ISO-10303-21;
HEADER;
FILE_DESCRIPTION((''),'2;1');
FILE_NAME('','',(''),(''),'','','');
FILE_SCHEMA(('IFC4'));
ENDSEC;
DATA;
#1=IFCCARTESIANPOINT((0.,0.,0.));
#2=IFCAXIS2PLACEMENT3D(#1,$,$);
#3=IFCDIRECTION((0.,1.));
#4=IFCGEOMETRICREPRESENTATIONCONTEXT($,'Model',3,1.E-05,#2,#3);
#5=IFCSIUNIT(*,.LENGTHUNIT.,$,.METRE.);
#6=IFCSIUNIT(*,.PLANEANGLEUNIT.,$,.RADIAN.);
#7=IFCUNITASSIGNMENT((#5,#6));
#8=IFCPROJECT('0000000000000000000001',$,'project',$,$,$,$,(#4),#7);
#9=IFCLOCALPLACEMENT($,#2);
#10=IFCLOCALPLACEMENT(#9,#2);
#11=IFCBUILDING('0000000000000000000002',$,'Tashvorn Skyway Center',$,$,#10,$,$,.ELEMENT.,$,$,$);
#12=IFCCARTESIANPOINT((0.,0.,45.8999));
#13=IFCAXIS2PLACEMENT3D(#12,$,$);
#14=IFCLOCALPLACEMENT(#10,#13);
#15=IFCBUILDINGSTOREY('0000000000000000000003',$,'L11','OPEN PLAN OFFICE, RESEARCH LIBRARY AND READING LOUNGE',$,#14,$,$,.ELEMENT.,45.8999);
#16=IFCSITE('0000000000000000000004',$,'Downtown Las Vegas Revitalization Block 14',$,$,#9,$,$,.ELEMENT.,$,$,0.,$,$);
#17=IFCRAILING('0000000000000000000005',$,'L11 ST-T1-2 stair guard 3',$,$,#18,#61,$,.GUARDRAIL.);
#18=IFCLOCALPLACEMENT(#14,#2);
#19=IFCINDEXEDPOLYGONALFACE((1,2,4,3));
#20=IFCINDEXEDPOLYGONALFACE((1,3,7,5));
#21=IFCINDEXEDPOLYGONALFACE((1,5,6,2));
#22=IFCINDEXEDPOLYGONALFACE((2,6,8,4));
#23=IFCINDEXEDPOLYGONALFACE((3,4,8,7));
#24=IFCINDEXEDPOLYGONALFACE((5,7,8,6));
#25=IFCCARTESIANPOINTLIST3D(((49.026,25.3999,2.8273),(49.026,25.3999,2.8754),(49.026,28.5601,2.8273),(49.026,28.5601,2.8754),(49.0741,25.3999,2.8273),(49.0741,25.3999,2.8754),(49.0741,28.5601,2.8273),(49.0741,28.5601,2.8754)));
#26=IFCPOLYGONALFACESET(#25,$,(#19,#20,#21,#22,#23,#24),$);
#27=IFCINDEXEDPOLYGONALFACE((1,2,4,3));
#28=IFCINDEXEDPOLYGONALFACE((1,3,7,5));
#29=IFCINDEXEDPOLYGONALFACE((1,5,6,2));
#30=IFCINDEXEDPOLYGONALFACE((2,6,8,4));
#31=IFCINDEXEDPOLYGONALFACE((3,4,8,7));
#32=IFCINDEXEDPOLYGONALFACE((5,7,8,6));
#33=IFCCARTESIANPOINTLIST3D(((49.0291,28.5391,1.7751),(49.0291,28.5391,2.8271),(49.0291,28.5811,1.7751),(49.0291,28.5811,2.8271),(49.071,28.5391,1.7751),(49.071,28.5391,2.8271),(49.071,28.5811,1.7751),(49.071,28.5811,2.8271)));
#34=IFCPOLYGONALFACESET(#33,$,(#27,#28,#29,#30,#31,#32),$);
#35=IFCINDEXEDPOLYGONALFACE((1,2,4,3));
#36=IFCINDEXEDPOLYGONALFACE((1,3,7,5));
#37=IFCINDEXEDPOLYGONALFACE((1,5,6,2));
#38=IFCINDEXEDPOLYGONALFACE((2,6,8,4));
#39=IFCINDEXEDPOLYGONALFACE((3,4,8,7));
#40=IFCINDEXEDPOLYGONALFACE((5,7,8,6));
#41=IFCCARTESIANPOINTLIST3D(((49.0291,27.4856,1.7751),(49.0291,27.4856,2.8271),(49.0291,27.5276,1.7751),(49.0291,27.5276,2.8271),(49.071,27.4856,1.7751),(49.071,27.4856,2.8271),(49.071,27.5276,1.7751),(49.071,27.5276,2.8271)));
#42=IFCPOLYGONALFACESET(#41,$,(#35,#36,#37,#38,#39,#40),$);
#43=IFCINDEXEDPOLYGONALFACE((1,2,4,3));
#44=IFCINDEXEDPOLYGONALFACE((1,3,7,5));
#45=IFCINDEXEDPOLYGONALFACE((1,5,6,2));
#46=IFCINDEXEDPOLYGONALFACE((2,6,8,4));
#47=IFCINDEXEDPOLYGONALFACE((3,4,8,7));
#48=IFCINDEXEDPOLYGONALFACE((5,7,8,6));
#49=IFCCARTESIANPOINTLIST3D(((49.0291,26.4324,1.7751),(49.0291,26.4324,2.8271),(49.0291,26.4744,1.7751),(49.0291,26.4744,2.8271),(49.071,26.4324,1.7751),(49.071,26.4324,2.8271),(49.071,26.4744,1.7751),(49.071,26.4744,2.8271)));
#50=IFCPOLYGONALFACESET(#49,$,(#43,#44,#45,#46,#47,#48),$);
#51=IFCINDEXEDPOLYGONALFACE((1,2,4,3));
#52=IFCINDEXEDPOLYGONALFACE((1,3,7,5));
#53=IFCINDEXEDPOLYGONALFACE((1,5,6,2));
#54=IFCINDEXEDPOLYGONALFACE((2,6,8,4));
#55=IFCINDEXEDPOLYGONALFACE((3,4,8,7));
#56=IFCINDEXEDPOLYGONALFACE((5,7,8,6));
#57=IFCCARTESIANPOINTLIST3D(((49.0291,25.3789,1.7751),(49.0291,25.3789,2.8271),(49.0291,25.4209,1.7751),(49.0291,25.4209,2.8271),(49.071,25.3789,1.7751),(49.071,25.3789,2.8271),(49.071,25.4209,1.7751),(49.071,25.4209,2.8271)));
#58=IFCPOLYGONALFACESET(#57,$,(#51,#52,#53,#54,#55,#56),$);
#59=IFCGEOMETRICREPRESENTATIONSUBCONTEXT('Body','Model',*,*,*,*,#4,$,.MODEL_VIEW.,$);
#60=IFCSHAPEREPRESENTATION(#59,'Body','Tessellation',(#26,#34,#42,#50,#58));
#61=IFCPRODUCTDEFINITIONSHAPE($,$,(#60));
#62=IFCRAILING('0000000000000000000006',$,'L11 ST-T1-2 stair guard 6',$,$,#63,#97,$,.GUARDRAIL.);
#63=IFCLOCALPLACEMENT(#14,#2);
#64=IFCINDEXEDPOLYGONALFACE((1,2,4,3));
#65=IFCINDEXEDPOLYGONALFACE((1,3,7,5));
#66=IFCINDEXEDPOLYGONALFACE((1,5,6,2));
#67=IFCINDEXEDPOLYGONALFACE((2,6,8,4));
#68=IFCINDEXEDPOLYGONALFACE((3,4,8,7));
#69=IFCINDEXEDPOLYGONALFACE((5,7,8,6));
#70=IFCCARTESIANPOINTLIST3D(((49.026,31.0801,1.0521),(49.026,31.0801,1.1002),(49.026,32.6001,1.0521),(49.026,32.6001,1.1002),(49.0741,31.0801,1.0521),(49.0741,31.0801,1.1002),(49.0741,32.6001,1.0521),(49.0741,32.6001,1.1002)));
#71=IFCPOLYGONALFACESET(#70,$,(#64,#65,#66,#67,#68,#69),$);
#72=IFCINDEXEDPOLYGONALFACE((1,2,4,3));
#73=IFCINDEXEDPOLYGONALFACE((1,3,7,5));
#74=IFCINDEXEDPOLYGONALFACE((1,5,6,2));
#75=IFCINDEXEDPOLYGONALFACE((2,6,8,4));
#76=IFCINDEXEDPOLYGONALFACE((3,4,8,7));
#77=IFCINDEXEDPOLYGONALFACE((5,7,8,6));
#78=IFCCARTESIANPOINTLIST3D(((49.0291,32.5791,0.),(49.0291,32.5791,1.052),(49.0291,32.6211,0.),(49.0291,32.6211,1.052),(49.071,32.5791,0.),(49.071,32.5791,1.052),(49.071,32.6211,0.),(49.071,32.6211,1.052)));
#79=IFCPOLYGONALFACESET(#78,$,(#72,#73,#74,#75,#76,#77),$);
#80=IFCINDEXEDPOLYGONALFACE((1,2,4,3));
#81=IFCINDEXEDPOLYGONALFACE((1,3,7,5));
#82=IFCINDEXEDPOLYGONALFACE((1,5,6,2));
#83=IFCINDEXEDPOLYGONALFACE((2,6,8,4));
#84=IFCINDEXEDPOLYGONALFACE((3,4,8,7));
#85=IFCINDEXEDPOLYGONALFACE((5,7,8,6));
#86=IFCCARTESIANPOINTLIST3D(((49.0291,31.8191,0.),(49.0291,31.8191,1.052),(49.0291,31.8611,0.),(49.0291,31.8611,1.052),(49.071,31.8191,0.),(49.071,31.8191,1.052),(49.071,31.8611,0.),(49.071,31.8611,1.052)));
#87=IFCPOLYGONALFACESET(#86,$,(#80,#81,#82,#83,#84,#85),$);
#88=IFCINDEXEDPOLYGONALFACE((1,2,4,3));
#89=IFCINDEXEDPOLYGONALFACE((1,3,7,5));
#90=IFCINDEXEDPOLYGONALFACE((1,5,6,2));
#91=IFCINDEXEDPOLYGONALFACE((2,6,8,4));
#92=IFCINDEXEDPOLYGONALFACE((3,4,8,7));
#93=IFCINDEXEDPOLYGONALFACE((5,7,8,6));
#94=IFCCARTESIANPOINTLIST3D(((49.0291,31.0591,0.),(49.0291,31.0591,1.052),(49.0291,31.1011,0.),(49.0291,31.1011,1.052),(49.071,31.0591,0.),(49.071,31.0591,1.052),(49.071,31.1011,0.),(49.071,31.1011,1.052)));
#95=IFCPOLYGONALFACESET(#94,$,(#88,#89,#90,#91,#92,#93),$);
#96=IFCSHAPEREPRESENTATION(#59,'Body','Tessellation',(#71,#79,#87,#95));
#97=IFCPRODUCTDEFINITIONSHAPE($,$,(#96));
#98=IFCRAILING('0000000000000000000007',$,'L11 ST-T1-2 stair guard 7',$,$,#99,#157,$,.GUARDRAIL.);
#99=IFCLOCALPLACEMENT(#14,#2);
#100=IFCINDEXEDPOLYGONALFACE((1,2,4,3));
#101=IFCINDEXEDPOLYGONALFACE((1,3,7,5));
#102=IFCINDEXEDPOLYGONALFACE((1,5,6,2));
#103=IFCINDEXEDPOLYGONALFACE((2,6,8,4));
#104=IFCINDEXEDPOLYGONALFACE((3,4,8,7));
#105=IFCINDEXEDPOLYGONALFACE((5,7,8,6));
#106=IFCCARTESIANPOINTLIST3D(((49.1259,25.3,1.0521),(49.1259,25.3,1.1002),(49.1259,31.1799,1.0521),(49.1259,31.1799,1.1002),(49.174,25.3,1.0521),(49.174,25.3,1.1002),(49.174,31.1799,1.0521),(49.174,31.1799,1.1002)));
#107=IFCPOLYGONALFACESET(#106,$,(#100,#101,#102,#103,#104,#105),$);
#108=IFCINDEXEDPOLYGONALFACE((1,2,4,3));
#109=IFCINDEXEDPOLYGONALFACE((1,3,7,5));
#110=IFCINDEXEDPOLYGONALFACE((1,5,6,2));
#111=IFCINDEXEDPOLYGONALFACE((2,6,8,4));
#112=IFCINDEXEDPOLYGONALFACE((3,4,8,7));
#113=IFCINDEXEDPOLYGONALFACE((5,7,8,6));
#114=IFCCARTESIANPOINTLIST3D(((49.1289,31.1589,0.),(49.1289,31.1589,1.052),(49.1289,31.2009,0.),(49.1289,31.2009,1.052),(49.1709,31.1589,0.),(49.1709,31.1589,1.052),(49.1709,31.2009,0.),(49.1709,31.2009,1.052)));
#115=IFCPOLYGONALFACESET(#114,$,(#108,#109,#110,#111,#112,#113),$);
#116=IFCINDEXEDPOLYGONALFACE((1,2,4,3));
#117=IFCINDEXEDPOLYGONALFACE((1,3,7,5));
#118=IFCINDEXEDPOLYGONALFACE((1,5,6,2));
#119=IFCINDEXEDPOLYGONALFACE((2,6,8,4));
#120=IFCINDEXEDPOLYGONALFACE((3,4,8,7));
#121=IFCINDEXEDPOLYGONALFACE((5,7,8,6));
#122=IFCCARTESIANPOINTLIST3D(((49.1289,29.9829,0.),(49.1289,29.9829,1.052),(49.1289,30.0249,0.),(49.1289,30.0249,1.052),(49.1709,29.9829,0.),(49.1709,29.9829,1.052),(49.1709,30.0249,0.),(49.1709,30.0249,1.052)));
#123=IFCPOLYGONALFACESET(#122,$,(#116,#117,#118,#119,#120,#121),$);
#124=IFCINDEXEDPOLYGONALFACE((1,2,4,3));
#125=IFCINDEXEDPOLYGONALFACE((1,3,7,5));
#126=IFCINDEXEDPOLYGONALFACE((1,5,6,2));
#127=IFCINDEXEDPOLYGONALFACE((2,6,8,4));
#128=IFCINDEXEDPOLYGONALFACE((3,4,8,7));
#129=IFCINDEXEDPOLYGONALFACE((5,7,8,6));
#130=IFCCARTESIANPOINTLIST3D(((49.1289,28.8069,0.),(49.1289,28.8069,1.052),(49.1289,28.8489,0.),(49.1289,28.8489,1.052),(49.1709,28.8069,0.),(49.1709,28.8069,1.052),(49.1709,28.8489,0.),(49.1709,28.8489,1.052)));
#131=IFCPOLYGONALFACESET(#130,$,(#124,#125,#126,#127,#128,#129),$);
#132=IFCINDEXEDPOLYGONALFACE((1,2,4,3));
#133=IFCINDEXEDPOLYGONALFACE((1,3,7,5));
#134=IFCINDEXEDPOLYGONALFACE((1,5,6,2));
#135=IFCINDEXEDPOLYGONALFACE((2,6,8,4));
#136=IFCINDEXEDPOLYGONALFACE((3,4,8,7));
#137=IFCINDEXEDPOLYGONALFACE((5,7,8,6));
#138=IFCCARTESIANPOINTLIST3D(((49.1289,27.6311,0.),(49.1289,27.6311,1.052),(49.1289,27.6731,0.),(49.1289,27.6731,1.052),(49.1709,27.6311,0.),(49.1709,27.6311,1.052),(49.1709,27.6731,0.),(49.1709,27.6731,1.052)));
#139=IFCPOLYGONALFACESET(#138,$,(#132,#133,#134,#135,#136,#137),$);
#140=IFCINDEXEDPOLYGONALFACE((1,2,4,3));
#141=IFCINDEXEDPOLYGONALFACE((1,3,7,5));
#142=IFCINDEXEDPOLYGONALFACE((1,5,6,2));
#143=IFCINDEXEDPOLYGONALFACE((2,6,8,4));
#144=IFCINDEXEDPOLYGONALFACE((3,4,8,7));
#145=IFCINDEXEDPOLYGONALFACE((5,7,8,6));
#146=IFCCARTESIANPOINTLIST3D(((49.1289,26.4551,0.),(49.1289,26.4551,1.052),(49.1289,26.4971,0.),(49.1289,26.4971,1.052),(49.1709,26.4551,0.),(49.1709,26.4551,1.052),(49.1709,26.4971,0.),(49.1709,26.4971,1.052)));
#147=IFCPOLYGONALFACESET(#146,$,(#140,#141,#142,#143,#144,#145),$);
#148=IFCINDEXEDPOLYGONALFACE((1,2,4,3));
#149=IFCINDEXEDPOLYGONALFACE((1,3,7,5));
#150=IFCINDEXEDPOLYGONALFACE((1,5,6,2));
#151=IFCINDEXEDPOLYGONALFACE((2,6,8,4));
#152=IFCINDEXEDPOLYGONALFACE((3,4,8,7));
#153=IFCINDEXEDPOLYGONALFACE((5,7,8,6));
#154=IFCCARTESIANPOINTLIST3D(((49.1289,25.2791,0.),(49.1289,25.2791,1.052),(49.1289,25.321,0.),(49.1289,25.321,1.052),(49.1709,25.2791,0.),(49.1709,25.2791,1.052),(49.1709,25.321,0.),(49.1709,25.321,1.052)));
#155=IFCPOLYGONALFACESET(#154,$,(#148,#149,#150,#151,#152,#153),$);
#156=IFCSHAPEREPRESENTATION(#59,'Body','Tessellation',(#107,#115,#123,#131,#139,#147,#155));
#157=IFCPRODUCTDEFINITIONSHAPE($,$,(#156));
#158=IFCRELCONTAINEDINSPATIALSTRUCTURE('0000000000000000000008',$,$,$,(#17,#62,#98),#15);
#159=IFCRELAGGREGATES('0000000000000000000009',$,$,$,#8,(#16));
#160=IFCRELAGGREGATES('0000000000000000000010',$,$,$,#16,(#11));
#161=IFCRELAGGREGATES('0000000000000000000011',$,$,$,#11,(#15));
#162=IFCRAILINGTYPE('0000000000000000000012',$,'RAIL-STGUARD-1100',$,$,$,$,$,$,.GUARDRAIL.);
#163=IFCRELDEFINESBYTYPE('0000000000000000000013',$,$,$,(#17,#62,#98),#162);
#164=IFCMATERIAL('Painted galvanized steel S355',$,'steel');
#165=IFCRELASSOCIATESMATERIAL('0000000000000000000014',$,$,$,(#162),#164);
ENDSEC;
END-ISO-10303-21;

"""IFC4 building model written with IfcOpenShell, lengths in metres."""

from ifc_helpers import new_model, si_unit, direction, frame, origin, origin_2d, place, context, subcontext, project, spatial, rectangle, extrude, material, type_object, element, save


model = new_model("IFC4")

# Units and contexts
model_context = context("Model", 3, precision=1e-05, world=origin(), true_north=direction((0.0, 1.0)))
body_context = subcontext(model_context, "Body", "Model", "MODEL_VIEW")
ifc_project = project(units=[si_unit("LENGTHUNIT", "METRE"), si_unit("PLANEANGLEUNIT", "RADIAN")], contexts=[model_context])

# Site, building, storey
site_placement = place(None, origin())
site = spatial("IfcSite", under=ifc_project, at=site_placement, Name="Downtown Las Vegas Revitalization Block 14", CompositionType="ELEMENT", RefElevation=0.0)
building_placement = place(site_placement, origin())
building = spatial("IfcBuilding", under=site, at=building_placement, Name="Tashvorn Skyway Center", CompositionType="ELEMENT")
storey_placement = place(building_placement, frame((0.0, 0.0, 45.8999)))
storey = spatial("IfcBuildingStorey", under=building, at=storey_placement, Name="L11", Description="OPEN PLAN OFFICE, RESEARCH LIBRARY AND READING LOUNGE", CompositionType="ELEMENT", Elevation=45.8999)

# Railings
ifc_material_1 = material(Name="Painted galvanized steel S355", Category="steel")
railing_type_1 = type_object("IfcRailingType", Name="RAIL-STGUARD-1100", PredefinedType="GUARDRAIL", material=ifc_material_1)
railing_1_placement = place(storey_placement, frame((49.05, 28.5601, 1.7751)))
element("IfcRailing", 1, at=railing_1_placement, inside=storey, type_object=railing_type_1, Name="L11 ST-T1-2 stair guard 3", PredefinedType="GUARDRAIL", context=body_context, shape_type="SweptSolid", body=[
    extrude(rectangle(XDim=0.0481, YDim=0.0481, at=origin_2d()), frame((0.0, 0.0, 1.0762), z_axis=(0.0, -1.0, 0.0), x_axis=(1.0, 0.0, 0.0)), (0.0, 0.0, 1.0), 3.1602),
    extrude(rectangle(XDim=0.042, YDim=0.042, at=origin_2d()), origin(), (0.0, 0.0, 1.0), 1.052),
    extrude(rectangle(XDim=0.042, YDim=0.042, at=origin_2d()), frame((0.0, -1.0535, 0.0)), (0.0, 0.0, 1.0), 1.052),
    extrude(rectangle(XDim=0.042, YDim=0.042, at=origin_2d()), frame((0.0, -2.1067, 0.0)), (0.0, 0.0, 1.0), 1.052),
    extrude(rectangle(XDim=0.042, YDim=0.042, at=origin_2d()), frame((0.0, -3.1602, 0.0)), (0.0, 0.0, 1.0), 1.052),
])
railing_2_placement = place(storey_placement, frame((49.05, 32.6001, 0.0)))
element("IfcRailing", 2, at=railing_2_placement, inside=storey, type_object=railing_type_1, Name="L11 ST-T1-2 stair guard 6", PredefinedType="GUARDRAIL", context=body_context, shape_type="SweptSolid", body=[
    extrude(rectangle(XDim=0.0481, YDim=0.0481, at=origin_2d()), frame((0.0, 0.0, 1.0762), z_axis=(0.0, -1.0, 0.0), x_axis=(1.0, 0.0, 0.0)), (0.0, 0.0, 1.0), 1.52),
    extrude(rectangle(XDim=0.042, YDim=0.042, at=origin_2d()), origin(), (0.0, 0.0, 1.0), 1.052),
    extrude(rectangle(XDim=0.042, YDim=0.042, at=origin_2d()), frame((0.0, -0.76, 0.0)), (0.0, 0.0, 1.0), 1.052),
    extrude(rectangle(XDim=0.042, YDim=0.042, at=origin_2d()), frame((0.0, -1.52, 0.0)), (0.0, 0.0, 1.0), 1.052),
])
railing_3_placement = place(storey_placement, frame((49.1499, 31.1799, 0.0)))
element("IfcRailing", 3, at=railing_3_placement, inside=storey, type_object=railing_type_1, Name="L11 ST-T1-2 stair guard 7", PredefinedType="GUARDRAIL", context=body_context, shape_type="SweptSolid", body=[
    extrude(rectangle(XDim=0.0481, YDim=0.0481, at=origin_2d()), frame((0.0, 0.0, 1.0762), z_axis=(0.0, -1.0, 0.0), x_axis=(1.0, 0.0, 0.0)), (0.0, 0.0, 1.0), 5.8799),
    extrude(rectangle(XDim=0.042, YDim=0.042, at=origin_2d()), origin(), (0.0, 0.0, 1.0), 1.052),
    extrude(rectangle(XDim=0.042, YDim=0.042, at=origin_2d()), frame((0.0, -1.176, 0.0)), (0.0, 0.0, 1.0), 1.052),
    extrude(rectangle(XDim=0.042, YDim=0.042, at=origin_2d()), frame((0.0, -2.3521, 0.0)), (0.0, 0.0, 1.0), 1.052),
    extrude(rectangle(XDim=0.042, YDim=0.042, at=origin_2d()), frame((0.0, -3.5278, 0.0)), (0.0, 0.0, 1.0), 1.052),
    extrude(rectangle(XDim=0.042, YDim=0.042, at=origin_2d()), frame((0.0, -4.7039, 0.0)), (0.0, 0.0, 1.0), 1.052),
    extrude(rectangle(XDim=0.042, YDim=0.042, at=origin_2d()), frame((0.0, -5.8799, 0.0)), (0.0, 0.0, 1.0), 1.052),
])

save(model, "model.ifc")
